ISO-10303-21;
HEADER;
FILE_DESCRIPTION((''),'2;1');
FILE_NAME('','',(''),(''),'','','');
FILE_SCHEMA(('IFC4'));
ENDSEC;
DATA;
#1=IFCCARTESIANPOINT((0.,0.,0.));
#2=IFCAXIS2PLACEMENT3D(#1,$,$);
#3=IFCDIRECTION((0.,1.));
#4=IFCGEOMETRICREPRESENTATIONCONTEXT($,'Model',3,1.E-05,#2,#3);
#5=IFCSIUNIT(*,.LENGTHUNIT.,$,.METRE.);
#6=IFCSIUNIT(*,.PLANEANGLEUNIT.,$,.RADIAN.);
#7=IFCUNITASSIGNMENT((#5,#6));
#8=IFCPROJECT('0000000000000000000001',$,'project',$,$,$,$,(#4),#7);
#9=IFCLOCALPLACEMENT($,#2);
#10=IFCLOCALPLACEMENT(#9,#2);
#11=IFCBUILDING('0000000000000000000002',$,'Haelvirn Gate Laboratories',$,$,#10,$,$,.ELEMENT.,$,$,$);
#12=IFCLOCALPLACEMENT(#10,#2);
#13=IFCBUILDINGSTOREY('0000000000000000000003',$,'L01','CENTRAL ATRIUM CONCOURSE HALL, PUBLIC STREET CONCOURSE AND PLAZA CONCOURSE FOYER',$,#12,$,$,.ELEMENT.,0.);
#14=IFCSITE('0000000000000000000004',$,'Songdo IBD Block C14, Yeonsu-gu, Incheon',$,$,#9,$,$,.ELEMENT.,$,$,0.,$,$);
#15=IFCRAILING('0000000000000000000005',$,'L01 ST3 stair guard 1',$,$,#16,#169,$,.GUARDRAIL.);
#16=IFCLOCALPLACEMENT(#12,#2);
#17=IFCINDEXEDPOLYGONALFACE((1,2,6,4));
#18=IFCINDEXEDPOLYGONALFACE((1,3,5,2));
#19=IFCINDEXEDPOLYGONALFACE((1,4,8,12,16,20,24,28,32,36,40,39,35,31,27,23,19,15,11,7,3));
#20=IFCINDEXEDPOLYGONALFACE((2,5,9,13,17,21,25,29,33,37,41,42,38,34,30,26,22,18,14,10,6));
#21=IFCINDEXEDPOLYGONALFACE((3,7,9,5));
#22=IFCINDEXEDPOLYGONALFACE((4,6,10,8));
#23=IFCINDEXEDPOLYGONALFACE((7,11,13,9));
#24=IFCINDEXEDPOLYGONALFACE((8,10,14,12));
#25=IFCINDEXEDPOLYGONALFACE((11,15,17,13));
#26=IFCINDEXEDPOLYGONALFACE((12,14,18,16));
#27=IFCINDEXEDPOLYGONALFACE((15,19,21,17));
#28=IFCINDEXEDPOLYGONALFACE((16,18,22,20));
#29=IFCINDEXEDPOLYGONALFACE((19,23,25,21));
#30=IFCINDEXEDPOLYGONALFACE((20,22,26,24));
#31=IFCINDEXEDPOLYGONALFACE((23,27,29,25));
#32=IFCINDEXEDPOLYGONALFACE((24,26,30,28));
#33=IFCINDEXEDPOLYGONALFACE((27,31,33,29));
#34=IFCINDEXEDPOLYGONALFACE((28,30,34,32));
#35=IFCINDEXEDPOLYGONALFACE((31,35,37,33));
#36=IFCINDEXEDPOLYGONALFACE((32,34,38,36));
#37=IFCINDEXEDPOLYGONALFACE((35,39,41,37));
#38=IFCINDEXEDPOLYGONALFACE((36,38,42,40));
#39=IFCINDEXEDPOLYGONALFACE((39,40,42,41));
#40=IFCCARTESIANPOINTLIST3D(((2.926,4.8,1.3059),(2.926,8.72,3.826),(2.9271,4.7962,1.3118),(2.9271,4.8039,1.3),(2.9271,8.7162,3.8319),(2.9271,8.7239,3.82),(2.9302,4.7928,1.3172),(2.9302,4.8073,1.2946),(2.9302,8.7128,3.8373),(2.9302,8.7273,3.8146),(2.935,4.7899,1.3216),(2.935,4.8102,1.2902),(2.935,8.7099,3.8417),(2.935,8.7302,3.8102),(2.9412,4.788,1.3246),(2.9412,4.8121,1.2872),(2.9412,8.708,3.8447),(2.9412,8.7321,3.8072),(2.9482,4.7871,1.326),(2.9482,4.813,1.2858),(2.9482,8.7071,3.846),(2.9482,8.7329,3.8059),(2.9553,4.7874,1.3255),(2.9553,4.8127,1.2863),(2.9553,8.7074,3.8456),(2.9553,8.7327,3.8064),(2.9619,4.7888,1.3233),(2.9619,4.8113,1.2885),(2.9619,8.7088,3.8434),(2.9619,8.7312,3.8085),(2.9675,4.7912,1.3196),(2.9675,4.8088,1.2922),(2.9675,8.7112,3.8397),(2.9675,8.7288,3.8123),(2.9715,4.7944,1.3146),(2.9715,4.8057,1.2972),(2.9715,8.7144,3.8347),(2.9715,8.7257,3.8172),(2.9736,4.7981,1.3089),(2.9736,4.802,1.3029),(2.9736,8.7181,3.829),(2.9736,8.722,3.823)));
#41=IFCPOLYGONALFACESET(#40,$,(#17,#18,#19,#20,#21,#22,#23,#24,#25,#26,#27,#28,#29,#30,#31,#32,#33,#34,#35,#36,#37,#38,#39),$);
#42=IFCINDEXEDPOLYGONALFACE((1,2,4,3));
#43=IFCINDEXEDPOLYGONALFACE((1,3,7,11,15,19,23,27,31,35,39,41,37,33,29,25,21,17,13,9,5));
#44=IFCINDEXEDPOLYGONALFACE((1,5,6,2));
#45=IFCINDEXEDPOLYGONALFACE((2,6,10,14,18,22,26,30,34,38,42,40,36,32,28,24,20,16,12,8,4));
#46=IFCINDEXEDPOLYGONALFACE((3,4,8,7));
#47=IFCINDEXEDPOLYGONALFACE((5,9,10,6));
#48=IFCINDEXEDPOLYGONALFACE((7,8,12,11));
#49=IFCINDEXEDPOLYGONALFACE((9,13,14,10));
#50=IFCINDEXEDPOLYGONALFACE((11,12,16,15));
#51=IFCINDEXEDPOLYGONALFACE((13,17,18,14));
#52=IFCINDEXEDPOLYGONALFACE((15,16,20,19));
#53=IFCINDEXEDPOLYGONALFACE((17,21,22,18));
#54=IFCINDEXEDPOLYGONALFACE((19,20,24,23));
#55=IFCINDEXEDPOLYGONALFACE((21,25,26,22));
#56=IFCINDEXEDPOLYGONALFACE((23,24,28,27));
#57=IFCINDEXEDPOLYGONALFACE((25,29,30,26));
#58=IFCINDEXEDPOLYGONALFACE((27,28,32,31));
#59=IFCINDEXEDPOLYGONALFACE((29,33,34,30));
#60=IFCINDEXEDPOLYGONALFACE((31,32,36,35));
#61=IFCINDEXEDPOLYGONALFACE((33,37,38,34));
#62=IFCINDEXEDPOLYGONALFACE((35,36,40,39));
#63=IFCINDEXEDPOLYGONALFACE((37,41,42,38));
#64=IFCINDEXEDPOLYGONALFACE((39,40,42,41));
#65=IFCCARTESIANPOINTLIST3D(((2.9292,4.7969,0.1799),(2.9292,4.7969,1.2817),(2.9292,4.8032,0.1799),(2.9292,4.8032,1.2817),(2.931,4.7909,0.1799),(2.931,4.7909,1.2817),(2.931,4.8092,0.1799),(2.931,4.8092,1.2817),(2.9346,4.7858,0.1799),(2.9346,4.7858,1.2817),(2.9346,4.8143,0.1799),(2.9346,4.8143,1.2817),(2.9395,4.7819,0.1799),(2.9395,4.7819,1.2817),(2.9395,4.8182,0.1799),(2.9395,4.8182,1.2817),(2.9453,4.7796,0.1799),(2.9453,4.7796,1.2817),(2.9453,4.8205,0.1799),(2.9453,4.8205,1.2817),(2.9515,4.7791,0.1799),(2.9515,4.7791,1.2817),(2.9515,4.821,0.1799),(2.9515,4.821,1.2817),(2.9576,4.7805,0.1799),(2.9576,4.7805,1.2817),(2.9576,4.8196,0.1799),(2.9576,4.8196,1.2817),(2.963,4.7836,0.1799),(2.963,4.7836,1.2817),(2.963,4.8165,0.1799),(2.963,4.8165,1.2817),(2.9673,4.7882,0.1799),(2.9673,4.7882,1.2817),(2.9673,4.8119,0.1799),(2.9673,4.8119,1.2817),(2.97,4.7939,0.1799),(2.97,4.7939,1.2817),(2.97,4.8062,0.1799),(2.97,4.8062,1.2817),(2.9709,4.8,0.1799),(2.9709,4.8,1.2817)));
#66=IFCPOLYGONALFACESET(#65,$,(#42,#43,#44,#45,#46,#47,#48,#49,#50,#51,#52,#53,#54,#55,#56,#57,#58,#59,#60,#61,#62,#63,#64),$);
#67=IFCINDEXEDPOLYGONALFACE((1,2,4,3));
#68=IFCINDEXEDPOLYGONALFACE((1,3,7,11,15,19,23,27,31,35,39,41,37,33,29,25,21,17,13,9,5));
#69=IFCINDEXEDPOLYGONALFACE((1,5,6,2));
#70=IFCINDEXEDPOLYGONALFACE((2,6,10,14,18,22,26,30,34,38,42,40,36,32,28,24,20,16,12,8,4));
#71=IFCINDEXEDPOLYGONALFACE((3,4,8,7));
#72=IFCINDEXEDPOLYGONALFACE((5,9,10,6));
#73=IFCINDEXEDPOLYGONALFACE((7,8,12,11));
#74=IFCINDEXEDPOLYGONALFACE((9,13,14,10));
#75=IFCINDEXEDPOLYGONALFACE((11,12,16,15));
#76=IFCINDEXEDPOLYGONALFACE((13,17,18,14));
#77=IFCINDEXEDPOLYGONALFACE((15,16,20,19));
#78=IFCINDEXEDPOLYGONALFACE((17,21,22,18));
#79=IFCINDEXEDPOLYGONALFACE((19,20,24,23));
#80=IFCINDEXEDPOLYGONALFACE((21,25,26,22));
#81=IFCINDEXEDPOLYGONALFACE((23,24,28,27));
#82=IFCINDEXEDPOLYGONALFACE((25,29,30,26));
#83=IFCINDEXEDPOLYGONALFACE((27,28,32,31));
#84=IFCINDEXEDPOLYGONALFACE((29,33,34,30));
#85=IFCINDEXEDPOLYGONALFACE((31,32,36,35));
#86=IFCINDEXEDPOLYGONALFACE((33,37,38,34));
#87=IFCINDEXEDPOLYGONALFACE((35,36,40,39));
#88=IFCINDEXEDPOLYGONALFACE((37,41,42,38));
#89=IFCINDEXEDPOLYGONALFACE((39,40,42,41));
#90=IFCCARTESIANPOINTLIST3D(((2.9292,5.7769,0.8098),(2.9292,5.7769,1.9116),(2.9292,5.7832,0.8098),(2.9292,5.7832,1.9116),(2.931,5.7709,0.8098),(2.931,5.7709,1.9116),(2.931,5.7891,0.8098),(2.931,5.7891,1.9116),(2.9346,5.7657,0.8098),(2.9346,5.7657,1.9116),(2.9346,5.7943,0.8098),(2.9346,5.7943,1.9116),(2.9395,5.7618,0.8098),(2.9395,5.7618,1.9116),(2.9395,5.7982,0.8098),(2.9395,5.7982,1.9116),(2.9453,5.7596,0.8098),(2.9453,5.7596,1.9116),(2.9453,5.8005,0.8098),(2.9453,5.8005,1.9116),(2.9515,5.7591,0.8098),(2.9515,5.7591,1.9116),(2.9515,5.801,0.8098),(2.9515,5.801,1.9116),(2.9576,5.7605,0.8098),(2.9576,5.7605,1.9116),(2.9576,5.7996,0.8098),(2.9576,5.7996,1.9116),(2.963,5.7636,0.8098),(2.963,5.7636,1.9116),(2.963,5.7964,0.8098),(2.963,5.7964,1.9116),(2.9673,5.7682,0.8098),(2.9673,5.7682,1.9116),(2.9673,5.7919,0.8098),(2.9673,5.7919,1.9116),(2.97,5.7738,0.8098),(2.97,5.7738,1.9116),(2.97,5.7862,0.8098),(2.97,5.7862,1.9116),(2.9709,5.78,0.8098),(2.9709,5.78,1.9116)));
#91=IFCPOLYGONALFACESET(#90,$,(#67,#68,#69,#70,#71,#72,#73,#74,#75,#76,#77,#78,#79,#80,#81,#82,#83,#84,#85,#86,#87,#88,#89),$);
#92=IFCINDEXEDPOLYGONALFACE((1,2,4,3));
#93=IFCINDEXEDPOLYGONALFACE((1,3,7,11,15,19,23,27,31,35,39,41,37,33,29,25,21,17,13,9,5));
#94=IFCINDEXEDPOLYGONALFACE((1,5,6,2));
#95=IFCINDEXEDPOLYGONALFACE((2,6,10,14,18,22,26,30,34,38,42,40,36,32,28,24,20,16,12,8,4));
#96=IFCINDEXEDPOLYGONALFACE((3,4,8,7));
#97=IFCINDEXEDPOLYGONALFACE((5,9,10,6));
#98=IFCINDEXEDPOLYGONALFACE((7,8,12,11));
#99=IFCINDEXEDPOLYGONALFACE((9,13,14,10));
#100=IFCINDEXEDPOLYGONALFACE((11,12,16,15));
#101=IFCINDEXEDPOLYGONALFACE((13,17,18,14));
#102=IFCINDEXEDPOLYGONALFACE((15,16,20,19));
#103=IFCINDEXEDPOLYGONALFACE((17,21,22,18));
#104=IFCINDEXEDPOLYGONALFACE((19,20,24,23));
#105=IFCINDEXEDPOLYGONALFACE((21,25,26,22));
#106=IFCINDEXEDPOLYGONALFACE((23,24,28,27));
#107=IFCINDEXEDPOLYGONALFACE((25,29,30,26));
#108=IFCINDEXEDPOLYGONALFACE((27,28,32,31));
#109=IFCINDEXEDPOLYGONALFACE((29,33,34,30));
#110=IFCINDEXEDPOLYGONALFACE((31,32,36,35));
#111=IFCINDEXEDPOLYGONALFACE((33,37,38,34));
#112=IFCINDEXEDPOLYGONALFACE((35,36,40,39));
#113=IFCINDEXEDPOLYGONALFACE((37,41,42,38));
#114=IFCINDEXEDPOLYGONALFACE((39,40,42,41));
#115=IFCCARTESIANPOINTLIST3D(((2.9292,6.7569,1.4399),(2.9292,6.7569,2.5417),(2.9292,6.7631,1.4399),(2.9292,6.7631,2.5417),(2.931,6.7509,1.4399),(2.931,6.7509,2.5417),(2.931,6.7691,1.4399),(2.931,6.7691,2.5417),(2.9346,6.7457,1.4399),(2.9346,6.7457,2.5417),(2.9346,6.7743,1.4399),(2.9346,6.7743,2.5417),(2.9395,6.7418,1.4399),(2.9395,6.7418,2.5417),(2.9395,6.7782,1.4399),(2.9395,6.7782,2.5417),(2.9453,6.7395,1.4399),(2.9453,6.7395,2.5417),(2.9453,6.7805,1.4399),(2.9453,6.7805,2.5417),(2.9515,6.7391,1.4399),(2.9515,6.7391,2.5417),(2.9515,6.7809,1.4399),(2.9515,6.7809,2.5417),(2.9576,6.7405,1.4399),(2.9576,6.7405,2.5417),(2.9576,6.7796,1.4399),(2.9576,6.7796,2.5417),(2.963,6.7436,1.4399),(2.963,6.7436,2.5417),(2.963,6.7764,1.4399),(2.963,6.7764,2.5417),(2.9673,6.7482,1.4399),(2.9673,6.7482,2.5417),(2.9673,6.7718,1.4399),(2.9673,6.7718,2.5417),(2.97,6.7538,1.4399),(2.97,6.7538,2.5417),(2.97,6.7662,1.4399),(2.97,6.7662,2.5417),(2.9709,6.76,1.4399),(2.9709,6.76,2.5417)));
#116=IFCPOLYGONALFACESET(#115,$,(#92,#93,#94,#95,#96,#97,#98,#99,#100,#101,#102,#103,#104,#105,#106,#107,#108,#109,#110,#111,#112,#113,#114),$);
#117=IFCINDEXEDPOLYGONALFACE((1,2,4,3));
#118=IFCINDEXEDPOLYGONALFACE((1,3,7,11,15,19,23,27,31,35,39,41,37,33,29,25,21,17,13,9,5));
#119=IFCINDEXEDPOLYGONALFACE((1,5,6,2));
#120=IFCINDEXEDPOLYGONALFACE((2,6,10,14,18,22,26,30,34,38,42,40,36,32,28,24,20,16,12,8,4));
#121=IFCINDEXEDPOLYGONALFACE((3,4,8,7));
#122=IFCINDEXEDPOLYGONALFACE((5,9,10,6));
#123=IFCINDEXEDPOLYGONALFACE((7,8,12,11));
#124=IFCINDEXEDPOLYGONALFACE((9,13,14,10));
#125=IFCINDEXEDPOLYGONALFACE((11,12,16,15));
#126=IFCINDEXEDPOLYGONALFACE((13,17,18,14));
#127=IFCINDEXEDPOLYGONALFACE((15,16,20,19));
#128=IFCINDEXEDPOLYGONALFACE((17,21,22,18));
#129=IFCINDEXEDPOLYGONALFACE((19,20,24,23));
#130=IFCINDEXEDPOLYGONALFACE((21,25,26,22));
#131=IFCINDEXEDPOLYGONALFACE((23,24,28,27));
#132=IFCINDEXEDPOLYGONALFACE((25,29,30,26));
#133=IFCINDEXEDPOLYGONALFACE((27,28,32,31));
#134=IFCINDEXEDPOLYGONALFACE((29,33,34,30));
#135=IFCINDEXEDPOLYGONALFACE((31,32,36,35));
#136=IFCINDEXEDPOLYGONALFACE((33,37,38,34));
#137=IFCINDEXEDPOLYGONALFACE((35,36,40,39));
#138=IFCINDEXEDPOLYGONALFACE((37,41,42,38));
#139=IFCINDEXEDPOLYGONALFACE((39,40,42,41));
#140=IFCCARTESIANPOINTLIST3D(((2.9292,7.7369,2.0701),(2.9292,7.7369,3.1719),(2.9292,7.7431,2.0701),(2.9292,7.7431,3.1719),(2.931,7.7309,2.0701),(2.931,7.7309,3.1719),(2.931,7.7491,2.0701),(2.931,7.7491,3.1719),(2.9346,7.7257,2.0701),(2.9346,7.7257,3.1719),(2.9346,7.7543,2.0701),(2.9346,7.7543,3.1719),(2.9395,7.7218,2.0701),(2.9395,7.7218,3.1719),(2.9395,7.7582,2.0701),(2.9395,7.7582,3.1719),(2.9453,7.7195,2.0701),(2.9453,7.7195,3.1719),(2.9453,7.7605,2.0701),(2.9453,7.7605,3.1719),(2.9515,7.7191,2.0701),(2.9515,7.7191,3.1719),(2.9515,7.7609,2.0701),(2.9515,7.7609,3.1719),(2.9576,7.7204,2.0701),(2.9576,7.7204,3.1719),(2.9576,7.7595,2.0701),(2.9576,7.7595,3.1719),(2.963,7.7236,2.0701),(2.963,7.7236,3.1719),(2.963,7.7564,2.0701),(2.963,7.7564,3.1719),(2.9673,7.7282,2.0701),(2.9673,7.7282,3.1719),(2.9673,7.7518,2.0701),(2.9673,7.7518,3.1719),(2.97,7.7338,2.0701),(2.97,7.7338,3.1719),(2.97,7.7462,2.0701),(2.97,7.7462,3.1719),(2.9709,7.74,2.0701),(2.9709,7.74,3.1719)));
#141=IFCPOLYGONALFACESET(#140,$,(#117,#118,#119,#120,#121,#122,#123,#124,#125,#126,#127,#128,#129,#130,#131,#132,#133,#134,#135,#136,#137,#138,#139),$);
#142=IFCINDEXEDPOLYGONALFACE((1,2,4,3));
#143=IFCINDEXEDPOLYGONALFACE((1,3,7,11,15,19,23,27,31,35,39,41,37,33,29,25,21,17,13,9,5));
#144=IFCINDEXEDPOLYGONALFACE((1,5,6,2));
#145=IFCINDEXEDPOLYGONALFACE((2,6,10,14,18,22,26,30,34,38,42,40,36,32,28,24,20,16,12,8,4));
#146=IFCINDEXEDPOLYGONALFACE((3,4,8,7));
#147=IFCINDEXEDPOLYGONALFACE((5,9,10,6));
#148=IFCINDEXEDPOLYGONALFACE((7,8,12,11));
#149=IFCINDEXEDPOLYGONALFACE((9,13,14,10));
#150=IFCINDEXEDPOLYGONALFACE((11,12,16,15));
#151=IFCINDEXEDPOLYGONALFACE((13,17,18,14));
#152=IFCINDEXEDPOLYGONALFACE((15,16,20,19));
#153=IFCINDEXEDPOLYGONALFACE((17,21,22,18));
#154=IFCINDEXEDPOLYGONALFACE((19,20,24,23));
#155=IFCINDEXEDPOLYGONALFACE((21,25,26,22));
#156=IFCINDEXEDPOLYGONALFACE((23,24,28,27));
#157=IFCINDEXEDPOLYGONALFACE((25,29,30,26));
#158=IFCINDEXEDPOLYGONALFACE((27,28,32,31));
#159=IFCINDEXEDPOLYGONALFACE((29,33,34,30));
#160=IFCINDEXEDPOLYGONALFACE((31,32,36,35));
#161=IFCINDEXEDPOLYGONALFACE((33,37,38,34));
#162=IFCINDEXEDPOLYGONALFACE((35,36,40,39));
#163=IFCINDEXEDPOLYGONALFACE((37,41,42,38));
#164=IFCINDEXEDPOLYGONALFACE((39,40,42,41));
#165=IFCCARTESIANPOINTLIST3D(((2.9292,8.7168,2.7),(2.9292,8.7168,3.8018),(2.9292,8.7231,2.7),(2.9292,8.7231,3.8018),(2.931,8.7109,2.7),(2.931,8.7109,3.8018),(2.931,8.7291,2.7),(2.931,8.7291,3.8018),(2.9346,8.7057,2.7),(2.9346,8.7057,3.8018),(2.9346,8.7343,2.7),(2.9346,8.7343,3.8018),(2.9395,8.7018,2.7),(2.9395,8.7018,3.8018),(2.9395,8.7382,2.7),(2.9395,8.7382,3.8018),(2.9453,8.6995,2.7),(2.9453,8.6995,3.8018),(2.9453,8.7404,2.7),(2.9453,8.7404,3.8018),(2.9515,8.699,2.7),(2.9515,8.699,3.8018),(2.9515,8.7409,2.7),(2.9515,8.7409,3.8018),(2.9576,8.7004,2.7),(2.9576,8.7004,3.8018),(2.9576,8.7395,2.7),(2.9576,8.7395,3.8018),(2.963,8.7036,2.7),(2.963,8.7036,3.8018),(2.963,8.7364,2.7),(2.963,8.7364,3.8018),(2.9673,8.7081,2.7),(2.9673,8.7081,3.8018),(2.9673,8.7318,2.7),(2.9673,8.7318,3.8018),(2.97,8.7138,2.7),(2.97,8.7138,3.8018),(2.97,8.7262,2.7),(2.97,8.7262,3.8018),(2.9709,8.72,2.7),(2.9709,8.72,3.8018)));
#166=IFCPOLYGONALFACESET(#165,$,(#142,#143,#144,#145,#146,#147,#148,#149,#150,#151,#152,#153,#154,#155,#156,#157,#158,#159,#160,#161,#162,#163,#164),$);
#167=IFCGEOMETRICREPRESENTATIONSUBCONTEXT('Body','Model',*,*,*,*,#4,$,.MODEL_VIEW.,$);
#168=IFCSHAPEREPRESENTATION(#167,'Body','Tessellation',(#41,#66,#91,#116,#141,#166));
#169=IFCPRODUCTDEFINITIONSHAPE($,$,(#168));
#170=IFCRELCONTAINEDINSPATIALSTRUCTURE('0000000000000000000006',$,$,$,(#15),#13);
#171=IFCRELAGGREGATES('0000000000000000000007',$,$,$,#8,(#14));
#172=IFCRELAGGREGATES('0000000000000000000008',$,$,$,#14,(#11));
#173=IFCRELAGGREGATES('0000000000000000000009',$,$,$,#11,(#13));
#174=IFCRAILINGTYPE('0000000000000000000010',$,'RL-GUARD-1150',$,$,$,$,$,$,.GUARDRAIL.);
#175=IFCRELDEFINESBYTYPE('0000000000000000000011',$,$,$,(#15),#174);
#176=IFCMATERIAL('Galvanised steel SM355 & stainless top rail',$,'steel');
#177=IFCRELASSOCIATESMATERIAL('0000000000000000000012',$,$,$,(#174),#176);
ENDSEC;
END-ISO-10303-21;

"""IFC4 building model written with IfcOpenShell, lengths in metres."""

from ifc_helpers import new_model, si_unit, direction, frame, origin, origin_2d, place, context, subcontext, project, spatial, circle, extrude, source, transform, mapped, material, type_object, element, save


model = new_model("IFC4")

# Units and contexts
model_context = context("Model", 3, precision=1e-05, world=origin(), true_north=direction((0.0, 1.0)))
body_context = subcontext(model_context, "Body", "Model", "MODEL_VIEW")
ifc_project = project(units=[si_unit("LENGTHUNIT", "METRE"), si_unit("PLANEANGLEUNIT", "RADIAN")], contexts=[model_context])

# Site, building, storey
site_placement = place(None, origin())
site = spatial("IfcSite", under=ifc_project, at=site_placement, Name="Songdo IBD Block C14, Yeonsu-gu, Incheon", CompositionType="ELEMENT", RefElevation=0.0)
building_placement = place(site_placement, origin())
building = spatial("IfcBuilding", under=site, at=building_placement, Name="Haelvirn Gate Laboratories", CompositionType="ELEMENT")
storey_placement = place(building_placement, origin())
storey = spatial("IfcBuildingStorey", under=building, at=storey_placement, Name="L01", Description="CENTRAL ATRIUM CONCOURSE HALL, PUBLIC STREET CONCOURSE AND PLAZA CONCOURSE FOYER", CompositionType="ELEMENT", Elevation=0.0)

# Railing
ifc_material_1 = material(Name="Galvanised steel SM355 & stainless top rail", Category="steel")
railing_type_1 = type_object("IfcRailingType", Name="RL-GUARD-1150", PredefinedType="GUARDRAIL", material=ifc_material_1)
shared_shape_1 = source(origin(), body_context, "Body", "SweptSolid", [
    extrude(circle(Radius=0.0239, at=origin_2d()), frame((0.0, 0.0, 1.126), z_axis=(0.0, 0.841172, 0.540768), x_axis=(-1.0, 0.0, 0.0)), (0.0, 0.0, 1.0), 4.6602),
    extrude(circle(Radius=0.021, at=origin_2d()), origin(), (0.0, 0.0, 1.0), 1.1018),
    extrude(circle(Radius=0.021, at=origin_2d()), frame((0.0, 0.98, 0.6299)), (0.0, 0.0, 1.0), 1.1018),
    extrude(circle(Radius=0.021, at=origin_2d()), frame((0.0, 1.96, 1.26)), (0.0, 0.0, 1.0), 1.1018),
    extrude(circle(Radius=0.021, at=origin_2d()), frame((0.0, 2.9399, 1.8901)), (0.0, 0.0, 1.0), 1.1018),
    extrude(circle(Radius=0.021, at=origin_2d()), frame((0.0, 3.9199, 2.52)), (0.0, 0.0, 1.0), 1.1018),
])
railing_1_placement = place(storey_placement, frame((2.95, 4.8, 0.1799)))
element("IfcRailing", 1, at=railing_1_placement, inside=storey, type_object=railing_type_1, Name="L01 ST3 stair guard 1", PredefinedType="GUARDRAIL", context=body_context, shape_type="MappedRepresentation", body=[
    mapped(shared_shape_1, transform((0.0, 0.0, 0.0), scale=1.0)),
])

save(model, "model.ifc")
